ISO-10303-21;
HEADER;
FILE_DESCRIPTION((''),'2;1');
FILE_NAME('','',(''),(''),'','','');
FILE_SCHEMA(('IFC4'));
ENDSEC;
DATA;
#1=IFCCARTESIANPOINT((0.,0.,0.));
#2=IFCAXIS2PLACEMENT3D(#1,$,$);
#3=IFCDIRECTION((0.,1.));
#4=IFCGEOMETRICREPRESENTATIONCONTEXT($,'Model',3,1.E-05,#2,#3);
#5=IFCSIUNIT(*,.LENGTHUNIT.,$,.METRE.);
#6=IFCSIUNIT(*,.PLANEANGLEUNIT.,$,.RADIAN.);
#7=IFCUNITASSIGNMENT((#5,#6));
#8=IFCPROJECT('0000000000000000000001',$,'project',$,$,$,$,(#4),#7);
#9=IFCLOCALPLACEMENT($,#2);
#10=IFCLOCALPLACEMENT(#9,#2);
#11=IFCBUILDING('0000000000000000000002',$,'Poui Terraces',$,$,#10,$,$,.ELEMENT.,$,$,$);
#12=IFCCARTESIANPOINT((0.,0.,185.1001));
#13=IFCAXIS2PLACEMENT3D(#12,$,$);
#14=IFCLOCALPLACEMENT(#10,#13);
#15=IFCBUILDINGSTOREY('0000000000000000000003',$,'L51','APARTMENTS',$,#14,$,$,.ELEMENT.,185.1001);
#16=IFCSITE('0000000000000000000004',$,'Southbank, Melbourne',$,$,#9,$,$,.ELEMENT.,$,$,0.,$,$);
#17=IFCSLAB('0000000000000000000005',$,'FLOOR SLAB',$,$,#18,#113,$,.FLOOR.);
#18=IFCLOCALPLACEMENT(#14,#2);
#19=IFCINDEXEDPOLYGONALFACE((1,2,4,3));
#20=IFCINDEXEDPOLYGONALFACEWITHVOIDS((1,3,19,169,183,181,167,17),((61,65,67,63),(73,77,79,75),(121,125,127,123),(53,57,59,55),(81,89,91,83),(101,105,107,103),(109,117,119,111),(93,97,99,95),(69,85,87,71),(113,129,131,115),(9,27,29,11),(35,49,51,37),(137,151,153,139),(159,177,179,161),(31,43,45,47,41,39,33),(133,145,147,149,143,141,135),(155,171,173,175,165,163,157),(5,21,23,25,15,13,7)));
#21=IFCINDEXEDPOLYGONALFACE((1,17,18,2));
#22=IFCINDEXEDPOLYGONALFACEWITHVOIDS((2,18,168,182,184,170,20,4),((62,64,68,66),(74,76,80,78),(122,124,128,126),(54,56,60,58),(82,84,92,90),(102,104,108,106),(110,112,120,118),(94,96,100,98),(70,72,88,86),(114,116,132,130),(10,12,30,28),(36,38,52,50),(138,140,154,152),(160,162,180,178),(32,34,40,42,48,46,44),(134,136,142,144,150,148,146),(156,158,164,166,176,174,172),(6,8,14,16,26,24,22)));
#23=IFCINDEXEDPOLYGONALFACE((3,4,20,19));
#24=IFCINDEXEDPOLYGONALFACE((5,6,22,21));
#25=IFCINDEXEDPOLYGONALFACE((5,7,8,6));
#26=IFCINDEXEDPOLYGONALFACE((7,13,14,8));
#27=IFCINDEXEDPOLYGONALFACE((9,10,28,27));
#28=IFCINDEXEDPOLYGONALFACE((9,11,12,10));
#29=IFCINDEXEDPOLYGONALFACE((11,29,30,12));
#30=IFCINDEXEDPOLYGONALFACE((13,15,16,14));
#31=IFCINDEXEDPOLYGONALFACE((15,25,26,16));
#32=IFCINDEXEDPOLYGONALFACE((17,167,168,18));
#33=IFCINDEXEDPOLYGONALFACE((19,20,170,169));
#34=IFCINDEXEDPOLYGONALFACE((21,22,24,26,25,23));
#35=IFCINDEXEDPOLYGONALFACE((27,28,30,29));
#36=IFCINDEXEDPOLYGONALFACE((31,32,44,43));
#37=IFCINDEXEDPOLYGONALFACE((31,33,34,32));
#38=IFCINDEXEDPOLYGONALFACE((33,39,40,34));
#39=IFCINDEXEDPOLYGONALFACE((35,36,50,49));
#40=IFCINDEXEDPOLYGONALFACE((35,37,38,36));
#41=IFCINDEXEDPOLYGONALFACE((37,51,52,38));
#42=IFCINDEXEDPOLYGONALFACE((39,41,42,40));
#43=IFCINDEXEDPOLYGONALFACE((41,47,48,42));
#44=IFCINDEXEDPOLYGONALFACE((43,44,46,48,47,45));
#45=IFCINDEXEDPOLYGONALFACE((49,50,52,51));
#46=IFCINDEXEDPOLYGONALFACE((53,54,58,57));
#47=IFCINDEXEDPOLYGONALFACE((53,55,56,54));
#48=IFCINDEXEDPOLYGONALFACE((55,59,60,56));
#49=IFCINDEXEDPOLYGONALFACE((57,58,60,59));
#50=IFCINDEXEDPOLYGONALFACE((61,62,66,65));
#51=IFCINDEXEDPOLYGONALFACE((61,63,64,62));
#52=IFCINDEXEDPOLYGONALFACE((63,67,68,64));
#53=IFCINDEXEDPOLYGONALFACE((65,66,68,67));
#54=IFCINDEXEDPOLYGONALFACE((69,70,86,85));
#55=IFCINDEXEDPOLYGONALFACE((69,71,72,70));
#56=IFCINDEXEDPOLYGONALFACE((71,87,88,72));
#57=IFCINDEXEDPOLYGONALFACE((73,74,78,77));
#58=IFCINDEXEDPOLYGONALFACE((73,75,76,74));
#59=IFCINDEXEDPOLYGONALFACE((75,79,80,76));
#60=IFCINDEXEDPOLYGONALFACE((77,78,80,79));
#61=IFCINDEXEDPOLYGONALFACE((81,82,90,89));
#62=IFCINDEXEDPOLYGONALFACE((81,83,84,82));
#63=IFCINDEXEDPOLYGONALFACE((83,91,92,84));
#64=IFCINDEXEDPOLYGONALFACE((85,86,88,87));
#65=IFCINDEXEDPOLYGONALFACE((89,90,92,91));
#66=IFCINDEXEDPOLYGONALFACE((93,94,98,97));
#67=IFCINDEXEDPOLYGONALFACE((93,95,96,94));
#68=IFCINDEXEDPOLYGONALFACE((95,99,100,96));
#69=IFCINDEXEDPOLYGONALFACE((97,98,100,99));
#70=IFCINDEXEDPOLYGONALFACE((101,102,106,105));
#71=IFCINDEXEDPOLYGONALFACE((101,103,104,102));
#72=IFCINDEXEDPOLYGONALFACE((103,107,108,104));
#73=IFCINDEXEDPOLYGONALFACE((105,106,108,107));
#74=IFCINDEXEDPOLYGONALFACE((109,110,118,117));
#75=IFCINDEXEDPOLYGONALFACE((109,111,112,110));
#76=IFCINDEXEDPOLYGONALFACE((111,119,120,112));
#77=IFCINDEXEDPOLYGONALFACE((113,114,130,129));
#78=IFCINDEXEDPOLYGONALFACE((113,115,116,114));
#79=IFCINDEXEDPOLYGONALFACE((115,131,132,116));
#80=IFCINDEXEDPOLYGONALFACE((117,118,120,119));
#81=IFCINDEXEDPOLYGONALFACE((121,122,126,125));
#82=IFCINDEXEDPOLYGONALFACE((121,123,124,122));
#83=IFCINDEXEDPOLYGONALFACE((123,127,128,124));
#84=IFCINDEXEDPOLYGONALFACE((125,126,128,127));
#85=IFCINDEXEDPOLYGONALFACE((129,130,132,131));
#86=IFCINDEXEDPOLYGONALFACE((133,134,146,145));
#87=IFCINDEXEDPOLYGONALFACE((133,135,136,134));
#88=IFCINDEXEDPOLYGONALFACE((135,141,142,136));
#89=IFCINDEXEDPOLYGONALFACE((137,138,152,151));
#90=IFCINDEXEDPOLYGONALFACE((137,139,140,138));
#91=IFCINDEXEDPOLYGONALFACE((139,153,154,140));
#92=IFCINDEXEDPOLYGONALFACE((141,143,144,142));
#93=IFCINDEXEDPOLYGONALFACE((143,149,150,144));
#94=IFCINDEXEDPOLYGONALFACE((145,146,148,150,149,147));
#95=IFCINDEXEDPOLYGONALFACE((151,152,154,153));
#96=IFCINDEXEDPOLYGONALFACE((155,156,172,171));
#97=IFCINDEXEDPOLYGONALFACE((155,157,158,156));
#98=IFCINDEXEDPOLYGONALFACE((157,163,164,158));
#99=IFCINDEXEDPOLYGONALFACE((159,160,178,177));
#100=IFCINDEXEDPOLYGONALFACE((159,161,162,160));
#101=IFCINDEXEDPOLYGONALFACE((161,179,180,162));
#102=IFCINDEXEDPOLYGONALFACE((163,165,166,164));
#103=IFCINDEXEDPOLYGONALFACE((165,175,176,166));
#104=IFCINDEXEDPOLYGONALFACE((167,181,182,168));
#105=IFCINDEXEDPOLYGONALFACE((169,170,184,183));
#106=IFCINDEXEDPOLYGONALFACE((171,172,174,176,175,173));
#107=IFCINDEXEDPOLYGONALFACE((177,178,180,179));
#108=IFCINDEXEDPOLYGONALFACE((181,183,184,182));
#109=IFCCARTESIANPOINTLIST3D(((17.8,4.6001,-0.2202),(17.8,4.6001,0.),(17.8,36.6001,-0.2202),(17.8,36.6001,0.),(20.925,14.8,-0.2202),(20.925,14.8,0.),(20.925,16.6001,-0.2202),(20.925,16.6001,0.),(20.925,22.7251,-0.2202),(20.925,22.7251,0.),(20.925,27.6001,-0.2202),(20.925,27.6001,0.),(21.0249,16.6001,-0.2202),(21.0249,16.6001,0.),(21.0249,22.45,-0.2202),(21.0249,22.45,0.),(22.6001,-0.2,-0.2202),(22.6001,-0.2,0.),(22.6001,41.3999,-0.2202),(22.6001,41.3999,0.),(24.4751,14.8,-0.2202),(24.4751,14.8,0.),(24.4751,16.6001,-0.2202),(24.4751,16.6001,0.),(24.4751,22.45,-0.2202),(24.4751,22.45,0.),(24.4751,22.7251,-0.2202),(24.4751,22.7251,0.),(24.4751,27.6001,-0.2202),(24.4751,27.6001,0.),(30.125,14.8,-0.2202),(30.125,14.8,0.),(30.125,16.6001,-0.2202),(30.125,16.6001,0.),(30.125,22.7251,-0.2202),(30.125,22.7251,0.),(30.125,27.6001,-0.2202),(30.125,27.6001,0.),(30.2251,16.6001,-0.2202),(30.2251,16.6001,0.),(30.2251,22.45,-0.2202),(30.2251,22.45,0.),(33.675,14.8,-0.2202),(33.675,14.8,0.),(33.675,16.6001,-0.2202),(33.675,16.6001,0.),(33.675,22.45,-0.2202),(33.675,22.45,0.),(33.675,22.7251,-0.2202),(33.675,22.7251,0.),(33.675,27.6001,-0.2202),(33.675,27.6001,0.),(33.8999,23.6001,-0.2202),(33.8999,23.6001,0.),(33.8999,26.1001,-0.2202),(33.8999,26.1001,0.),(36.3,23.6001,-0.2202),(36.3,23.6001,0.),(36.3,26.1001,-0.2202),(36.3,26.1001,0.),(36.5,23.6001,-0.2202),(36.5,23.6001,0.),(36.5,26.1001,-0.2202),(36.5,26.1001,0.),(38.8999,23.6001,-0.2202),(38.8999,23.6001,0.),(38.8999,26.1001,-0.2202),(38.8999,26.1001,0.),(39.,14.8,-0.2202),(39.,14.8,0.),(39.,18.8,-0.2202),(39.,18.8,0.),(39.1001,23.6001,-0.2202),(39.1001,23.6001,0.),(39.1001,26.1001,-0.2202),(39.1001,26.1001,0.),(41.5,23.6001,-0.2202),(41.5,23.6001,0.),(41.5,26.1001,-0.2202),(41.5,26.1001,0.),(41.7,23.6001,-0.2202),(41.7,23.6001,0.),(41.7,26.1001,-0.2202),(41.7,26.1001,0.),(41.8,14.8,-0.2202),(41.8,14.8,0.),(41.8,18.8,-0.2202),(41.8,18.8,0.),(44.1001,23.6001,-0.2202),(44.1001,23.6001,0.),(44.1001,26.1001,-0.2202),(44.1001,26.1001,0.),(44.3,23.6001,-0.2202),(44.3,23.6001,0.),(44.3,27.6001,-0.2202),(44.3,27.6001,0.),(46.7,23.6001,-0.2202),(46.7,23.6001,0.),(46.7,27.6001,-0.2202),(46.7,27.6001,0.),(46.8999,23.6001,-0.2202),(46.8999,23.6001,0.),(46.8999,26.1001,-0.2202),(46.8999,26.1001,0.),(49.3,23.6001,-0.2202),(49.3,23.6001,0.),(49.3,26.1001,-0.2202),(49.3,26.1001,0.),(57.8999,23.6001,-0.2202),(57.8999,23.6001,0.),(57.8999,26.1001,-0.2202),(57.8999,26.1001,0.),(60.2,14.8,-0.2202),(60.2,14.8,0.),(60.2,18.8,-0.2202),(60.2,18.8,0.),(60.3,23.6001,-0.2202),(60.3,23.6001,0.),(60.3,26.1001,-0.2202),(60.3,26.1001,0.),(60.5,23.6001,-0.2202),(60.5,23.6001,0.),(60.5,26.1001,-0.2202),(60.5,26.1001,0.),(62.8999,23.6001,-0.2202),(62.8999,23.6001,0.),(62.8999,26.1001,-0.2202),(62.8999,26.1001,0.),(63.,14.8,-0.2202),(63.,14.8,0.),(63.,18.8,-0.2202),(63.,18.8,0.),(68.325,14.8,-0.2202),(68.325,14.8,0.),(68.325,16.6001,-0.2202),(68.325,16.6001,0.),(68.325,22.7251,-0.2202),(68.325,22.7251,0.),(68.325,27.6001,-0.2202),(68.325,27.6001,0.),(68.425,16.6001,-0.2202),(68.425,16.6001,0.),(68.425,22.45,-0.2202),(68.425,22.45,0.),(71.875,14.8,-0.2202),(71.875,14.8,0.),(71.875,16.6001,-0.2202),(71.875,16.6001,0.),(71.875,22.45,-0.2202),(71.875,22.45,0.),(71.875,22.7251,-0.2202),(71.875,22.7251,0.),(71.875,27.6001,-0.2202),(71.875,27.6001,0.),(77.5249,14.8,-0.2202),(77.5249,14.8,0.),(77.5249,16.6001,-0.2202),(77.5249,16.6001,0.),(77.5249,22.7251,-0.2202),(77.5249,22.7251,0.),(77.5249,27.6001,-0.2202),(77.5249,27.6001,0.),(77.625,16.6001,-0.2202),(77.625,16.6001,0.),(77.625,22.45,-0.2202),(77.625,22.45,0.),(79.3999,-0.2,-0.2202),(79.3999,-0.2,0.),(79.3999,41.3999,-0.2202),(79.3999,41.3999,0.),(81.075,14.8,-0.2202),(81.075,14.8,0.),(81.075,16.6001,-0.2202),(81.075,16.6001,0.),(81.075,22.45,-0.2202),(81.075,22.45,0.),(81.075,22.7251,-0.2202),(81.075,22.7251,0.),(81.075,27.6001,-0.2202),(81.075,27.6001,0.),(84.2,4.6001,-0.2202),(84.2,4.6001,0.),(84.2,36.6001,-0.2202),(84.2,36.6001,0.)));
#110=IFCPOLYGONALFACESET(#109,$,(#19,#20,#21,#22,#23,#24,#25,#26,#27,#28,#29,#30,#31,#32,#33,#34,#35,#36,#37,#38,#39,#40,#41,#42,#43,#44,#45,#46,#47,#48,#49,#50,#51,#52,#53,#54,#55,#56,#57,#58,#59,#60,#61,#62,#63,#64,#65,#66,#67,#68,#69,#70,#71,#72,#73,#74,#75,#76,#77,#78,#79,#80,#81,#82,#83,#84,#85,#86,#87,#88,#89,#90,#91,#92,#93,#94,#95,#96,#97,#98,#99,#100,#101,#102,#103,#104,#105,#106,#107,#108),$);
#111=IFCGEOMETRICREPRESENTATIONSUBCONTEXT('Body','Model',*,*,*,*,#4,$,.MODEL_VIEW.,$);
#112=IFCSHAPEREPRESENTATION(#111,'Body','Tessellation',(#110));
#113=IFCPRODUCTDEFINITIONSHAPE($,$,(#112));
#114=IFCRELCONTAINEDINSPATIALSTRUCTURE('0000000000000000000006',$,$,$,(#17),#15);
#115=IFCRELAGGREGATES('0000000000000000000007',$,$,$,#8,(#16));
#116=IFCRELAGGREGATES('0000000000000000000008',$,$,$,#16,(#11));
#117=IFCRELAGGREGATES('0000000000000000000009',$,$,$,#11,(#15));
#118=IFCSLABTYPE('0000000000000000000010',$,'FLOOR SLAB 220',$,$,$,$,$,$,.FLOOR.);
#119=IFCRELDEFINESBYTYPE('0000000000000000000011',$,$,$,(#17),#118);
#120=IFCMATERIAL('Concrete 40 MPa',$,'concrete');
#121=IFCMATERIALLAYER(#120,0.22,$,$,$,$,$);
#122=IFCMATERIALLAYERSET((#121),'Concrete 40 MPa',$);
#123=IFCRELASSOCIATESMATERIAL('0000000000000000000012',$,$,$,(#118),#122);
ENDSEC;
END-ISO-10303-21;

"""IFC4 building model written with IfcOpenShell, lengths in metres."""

from ifc_helpers import new_model, si_unit, direction, frame, origin, place, context, subcontext, project, spatial, polyline, outline, extrude, source, transform, mapped, material, layer, layer_set, type_object, element, save


model = new_model("IFC4")

# Units and contexts
model_context = context("Model", 3, precision=1e-05, world=origin(), true_north=direction((0.0, 1.0)))
body_context = subcontext(model_context, "Body", "Model", "MODEL_VIEW")
ifc_project = project(units=[si_unit("LENGTHUNIT", "METRE"), si_unit("PLANEANGLEUNIT", "RADIAN")], contexts=[model_context])

# Site, building, storey
site_placement = place(None, origin())
site = spatial("IfcSite", under=ifc_project, at=site_placement, Name="Southbank, Melbourne", CompositionType="ELEMENT", RefElevation=0.0)
building_placement = place(site_placement, origin())
building = spatial("IfcBuilding", under=site, at=building_placement, Name="Poui Terraces", CompositionType="ELEMENT")
storey_placement = place(building_placement, frame((0.0, 0.0, 185.1001)))
storey = spatial("IfcBuildingStorey", under=building, at=storey_placement, Name="L51", Description="APARTMENTS", CompositionType="ELEMENT", Elevation=185.1001)

# Slab
ifc_material = material(Name="Concrete 40 MPa", Category="concrete")
ifc_layer = layer(ifc_material, 0.22)
ifc_layer_set = layer_set([ifc_layer], Name="Concrete 40 MPa")
slab_type = type_object("IfcSlabType", Name="FLOOR SLAB 220", PredefinedType="FLOOR", material=ifc_layer_set)
shared_shape = source(origin(), body_context, "Body", "SweptSolid", [
    extrude(outline(polyline([(0.0, 0.0), (4.8, -4.8), (61.5999, -4.8), (66.3999, 0.0), (66.3999, 32.0), (61.5999, 36.7998), (4.8, 36.7998), (0.0, 32.0), (0.0, 0.0)]), holes=[polyline([(21.2, 10.2), (21.2, 14.2), (24.0, 14.2), (24.0, 10.2), (21.2, 10.2)]), polyline([(3.2249, 17.8499), (6.675, 17.8499), (6.675, 12.0), (6.675, 10.2), (3.125, 10.2), (3.125, 12.0), (3.2249, 12.0), (3.2249, 17.8499)]), polyline([(12.425, 17.8499), (15.875, 17.8499), (15.875, 12.0), (15.875, 10.2), (12.325, 10.2), (12.325, 12.0), (12.425, 12.0), (12.425, 17.8499)]), polyline([(16.0999, 19.0), (16.0999, 21.5), (18.5, 21.5), (18.5, 19.0), (16.0999, 19.0)]), polyline([(18.7, 19.0), (18.7, 21.5), (21.0999, 21.5), (21.0999, 19.0), (18.7, 19.0)]), polyline([(21.3, 19.0), (21.3, 21.5), (23.7, 21.5), (23.7, 19.0), (21.3, 19.0)]), polyline([(23.8999, 19.0), (23.8999, 21.5), (26.3, 21.5), (26.3, 19.0), (23.8999, 19.0)]), polyline([(3.125, 23.0), (6.675, 23.0), (6.675, 18.125), (3.125, 18.125), (3.125, 23.0)]), polyline([(12.325, 23.0), (15.875, 23.0), (15.875, 18.125), (12.325, 18.125), (12.325, 23.0)]), polyline([(42.3999, 10.2), (42.3999, 14.2), (45.2, 14.2), (45.2, 10.2), (42.3999, 10.2)]), polyline([(50.625, 17.8499), (54.075, 17.8499), (54.075, 12.0), (54.075, 10.2), (50.5249, 10.2), (50.5249, 12.0), (50.625, 12.0), (50.625, 17.8499)]), polyline([(59.825, 17.8499), (63.2749, 17.8499), (63.2749, 12.0), (63.2749, 10.2), (59.7249, 10.2), (59.7249, 12.0), (59.825, 12.0), (59.825, 17.8499)]), polyline([(29.0999, 19.0), (29.0999, 21.5), (31.5, 21.5), (31.5, 19.0), (29.0999, 19.0)]), polyline([(40.0999, 19.0), (40.0999, 21.5), (42.5, 21.5), (42.5, 19.0), (40.0999, 19.0)]), polyline([(42.7, 19.0), (42.7, 21.5), (45.0999, 21.5), (45.0999, 19.0), (42.7, 19.0)]), polyline([(50.5249, 18.125), (50.5249, 23.0), (54.075, 23.0), (54.075, 18.125), (50.5249, 18.125)]), polyline([(59.7249, 23.0), (63.2749, 23.0), (63.2749, 18.125), (59.7249, 18.125), (59.7249, 23.0)]), polyline([(26.5, 23.0), (28.8999, 23.0), (28.8999, 19.0), (26.5, 19.0), (26.5, 23.0)])]), origin(), (0.0, 0.0, 1.0), 0.2202),
])
slab_placement = place(storey_placement, frame((17.8, 4.6001, -0.2202)))
element("IfcSlab", 1, at=slab_placement, inside=storey, type_object=slab_type, Name="FLOOR SLAB", PredefinedType="FLOOR", context=body_context, shape_type="MappedRepresentation", body=[
    mapped(shared_shape, transform((0.0, 0.0, 0.0))),
])

save(model, "model.ifc")
